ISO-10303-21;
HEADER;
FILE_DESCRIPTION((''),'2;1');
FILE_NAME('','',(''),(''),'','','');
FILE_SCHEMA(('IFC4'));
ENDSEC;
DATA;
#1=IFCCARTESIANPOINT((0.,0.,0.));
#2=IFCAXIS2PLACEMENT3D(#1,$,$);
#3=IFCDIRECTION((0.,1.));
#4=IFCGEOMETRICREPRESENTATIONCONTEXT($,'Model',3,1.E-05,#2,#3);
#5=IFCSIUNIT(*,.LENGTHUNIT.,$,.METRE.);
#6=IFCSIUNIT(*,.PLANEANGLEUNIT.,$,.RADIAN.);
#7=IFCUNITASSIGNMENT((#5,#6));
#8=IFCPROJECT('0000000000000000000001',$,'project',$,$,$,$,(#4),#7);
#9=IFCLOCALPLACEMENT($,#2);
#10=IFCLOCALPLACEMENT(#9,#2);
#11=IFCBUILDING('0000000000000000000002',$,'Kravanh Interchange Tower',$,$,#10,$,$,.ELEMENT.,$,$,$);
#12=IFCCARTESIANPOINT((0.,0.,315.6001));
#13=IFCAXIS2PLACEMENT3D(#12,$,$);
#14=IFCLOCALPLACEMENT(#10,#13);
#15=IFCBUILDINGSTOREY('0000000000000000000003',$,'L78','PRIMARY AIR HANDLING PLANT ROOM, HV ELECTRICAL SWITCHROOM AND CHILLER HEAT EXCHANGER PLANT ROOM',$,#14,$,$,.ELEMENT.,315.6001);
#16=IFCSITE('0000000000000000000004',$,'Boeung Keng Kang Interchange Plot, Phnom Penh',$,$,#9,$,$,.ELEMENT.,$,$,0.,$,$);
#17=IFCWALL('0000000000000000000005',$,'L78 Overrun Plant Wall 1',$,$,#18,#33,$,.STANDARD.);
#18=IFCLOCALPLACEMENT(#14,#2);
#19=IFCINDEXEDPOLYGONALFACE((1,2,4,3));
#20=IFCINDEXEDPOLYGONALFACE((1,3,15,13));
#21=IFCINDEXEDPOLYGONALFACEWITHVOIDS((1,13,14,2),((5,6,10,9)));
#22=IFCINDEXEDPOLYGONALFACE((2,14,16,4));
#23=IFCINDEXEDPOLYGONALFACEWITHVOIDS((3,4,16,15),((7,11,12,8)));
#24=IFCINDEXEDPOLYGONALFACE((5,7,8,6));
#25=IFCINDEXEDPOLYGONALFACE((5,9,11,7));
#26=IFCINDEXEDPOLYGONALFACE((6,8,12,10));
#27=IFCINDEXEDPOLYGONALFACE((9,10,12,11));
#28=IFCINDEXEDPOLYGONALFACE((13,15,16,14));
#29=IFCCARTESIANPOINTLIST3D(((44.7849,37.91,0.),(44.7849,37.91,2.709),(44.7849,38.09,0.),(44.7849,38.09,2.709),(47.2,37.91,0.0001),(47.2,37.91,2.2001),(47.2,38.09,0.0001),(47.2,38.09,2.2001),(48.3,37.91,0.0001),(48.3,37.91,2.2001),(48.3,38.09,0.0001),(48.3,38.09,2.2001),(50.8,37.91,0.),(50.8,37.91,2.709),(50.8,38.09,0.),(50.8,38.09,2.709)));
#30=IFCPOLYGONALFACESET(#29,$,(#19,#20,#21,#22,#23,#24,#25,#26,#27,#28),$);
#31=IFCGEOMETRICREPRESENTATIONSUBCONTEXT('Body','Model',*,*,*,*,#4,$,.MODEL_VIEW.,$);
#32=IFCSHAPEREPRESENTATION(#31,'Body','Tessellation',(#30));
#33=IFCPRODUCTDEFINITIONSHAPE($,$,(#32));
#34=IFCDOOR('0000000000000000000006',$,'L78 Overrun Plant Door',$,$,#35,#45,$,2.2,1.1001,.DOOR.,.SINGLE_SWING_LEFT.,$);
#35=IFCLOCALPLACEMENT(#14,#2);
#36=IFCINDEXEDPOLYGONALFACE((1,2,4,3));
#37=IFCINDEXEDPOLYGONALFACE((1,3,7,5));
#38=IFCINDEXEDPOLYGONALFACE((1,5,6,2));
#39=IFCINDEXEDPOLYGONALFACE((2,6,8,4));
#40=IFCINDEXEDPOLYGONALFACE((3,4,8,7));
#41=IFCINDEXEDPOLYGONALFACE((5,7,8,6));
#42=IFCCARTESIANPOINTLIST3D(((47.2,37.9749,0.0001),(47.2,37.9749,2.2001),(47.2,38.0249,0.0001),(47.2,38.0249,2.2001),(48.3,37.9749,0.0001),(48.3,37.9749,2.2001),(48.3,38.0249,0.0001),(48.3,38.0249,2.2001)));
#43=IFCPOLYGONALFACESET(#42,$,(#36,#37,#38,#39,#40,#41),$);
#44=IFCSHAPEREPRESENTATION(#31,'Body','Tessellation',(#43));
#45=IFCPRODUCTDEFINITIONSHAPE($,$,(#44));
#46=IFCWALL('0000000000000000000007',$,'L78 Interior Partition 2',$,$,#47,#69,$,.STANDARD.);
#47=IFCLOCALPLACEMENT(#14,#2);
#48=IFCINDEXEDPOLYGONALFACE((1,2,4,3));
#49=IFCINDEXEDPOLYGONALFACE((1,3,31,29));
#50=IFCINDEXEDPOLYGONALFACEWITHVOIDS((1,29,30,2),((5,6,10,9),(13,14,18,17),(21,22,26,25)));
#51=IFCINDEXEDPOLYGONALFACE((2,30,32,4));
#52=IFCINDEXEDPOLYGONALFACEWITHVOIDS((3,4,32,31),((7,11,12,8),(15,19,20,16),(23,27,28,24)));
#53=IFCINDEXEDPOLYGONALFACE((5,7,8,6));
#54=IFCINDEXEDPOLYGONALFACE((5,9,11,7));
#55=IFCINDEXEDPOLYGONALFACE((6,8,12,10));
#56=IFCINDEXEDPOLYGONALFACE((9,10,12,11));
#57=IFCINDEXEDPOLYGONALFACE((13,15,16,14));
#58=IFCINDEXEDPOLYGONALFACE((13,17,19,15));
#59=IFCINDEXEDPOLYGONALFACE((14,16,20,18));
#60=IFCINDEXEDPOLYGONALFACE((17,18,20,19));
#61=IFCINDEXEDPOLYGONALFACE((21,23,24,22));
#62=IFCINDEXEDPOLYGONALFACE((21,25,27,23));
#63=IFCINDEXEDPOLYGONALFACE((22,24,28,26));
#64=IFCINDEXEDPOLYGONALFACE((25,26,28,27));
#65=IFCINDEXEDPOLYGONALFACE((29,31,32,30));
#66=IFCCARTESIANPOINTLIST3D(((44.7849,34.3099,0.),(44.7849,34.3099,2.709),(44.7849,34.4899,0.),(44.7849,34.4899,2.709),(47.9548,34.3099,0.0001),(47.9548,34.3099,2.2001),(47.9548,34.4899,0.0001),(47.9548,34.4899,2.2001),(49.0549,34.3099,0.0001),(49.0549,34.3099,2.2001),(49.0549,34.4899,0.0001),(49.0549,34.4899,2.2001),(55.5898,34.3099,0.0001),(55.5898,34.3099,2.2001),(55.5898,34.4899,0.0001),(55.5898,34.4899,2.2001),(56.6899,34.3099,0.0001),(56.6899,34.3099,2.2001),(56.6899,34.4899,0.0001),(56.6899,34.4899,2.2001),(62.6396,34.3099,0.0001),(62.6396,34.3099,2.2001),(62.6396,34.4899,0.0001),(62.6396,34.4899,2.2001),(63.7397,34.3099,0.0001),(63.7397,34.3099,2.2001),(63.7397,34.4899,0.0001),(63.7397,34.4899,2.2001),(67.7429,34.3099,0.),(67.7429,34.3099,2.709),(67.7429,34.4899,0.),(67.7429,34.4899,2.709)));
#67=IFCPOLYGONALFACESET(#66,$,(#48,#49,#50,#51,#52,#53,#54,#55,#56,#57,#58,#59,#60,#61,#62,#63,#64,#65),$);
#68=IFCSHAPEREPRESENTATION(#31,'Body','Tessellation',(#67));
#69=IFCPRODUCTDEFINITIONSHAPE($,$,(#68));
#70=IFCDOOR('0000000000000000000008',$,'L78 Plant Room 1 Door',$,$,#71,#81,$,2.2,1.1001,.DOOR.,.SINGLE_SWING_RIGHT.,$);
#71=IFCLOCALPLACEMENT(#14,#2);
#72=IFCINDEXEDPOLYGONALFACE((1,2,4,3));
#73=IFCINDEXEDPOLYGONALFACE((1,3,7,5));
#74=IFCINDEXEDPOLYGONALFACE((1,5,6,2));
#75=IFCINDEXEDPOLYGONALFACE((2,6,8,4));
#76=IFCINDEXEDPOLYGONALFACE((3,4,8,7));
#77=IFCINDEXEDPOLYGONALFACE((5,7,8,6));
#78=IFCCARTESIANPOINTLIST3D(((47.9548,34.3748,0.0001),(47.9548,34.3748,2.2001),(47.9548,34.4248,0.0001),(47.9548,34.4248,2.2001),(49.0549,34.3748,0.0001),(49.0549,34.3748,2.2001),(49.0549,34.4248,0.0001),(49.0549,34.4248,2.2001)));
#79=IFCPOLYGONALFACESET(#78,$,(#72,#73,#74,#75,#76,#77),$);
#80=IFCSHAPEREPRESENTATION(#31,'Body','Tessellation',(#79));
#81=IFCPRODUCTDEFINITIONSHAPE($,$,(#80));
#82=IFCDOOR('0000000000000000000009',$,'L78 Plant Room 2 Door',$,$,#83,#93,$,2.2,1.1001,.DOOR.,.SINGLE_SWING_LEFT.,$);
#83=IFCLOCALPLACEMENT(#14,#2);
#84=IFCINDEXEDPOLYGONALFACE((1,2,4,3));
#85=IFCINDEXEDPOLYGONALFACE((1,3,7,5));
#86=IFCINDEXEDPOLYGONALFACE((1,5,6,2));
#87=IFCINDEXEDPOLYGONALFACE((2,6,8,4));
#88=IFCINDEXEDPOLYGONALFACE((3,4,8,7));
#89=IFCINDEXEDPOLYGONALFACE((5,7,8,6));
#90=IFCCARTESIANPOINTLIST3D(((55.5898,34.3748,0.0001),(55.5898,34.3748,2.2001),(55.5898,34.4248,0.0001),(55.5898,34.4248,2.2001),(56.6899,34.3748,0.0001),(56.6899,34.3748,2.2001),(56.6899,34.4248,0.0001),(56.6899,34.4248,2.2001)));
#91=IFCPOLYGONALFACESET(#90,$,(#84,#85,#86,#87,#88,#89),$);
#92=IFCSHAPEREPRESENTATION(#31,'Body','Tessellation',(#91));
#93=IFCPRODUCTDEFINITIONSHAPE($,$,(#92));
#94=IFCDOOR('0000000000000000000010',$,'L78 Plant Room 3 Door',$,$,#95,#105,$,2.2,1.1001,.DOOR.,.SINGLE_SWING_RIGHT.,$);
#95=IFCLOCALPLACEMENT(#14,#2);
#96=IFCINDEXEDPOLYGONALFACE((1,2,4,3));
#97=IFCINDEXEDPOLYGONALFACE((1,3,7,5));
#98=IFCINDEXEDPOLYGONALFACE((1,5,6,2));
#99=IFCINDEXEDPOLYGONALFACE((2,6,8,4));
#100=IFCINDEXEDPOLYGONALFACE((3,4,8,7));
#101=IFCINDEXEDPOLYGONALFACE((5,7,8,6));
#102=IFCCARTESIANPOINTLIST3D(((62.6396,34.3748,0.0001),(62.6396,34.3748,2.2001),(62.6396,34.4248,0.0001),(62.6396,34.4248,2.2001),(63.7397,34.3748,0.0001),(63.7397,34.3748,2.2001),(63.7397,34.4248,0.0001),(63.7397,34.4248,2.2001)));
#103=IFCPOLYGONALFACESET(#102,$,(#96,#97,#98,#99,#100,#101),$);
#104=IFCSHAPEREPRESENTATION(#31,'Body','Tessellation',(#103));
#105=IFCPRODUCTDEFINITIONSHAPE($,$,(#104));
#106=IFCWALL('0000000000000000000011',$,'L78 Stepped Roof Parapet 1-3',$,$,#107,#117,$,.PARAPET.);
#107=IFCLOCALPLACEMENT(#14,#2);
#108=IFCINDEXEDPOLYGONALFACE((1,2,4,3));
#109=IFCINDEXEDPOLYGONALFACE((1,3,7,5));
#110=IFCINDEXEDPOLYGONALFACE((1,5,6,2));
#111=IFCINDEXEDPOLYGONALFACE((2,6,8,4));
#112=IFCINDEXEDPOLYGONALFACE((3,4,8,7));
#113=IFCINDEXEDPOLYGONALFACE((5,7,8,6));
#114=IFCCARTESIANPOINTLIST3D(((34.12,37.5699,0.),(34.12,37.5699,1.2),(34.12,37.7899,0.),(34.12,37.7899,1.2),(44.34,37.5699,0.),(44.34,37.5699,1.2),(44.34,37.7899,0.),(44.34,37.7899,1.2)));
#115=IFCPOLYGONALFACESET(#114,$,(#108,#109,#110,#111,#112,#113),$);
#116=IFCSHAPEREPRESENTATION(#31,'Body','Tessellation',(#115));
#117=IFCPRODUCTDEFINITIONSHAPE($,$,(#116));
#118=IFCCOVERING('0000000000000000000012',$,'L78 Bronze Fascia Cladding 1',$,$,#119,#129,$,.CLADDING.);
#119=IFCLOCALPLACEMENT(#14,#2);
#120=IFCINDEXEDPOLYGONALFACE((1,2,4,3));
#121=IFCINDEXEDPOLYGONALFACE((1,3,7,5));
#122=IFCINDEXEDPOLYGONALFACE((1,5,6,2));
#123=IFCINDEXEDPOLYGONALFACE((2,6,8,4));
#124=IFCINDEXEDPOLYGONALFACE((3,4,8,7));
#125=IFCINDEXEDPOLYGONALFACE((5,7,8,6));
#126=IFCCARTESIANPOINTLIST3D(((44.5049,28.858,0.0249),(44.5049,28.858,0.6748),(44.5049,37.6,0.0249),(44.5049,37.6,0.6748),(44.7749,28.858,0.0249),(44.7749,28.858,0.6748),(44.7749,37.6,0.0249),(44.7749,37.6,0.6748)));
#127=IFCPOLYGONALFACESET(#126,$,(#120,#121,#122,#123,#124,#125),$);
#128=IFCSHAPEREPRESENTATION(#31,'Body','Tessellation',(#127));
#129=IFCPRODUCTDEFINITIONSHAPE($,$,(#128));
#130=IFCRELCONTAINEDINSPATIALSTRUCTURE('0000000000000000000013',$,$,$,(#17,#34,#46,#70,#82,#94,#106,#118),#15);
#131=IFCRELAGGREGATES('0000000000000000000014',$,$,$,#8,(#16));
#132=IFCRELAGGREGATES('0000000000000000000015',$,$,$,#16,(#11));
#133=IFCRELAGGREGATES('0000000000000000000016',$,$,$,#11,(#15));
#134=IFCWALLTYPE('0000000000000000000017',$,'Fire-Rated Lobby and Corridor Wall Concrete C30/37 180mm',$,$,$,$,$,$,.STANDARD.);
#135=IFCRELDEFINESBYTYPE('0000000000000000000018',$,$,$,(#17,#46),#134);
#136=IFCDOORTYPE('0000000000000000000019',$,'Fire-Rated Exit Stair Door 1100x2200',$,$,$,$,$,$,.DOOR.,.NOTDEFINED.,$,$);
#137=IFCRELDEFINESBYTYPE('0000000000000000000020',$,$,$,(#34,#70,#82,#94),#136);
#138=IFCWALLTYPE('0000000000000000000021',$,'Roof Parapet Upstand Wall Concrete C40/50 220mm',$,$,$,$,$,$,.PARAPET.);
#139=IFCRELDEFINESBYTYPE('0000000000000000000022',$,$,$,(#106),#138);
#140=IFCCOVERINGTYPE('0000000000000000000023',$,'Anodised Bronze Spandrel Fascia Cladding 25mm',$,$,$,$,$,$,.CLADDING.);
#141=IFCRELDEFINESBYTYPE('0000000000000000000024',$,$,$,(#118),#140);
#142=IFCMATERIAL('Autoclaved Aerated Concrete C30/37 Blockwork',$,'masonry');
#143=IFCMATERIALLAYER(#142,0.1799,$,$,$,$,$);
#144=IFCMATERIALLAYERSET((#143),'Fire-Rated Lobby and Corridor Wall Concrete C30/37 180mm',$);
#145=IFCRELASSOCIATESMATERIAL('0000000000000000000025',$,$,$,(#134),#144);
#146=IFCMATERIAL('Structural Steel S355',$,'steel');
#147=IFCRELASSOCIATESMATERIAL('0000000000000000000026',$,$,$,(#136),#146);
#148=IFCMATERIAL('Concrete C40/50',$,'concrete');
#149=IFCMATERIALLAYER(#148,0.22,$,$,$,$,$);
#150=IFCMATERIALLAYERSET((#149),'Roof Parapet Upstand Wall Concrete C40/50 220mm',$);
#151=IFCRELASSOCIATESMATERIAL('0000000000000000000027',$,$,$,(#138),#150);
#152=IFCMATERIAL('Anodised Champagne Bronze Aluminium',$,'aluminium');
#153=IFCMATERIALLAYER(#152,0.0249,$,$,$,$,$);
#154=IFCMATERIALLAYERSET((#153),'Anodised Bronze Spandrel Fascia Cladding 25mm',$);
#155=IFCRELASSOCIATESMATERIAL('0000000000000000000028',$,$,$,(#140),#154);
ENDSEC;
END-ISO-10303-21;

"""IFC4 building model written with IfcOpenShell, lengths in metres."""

from ifc_helpers import new_model, si_unit, direction, frame, frame_2d, origin, origin_2d, place, context, subcontext, project, spatial, rectangle, extrude, material, layer, layer_set, type_object, element, fill, save


model = new_model("IFC4")

# Units and contexts
model_context = context("Model", 3, precision=1e-05, world=origin(), true_north=direction((0.0, 1.0)))
body_context = subcontext(model_context, "Body", "Model", "MODEL_VIEW")
ifc_project = project(units=[si_unit("LENGTHUNIT", "METRE"), si_unit("PLANEANGLEUNIT", "RADIAN")], contexts=[model_context])

# Site, building, storey
site_placement = place(None, origin())
site = spatial("IfcSite", under=ifc_project, at=site_placement, Name="Boeung Keng Kang Interchange Plot, Phnom Penh", CompositionType="ELEMENT", RefElevation=0.0)
building_placement = place(site_placement, origin())
building = spatial("IfcBuilding", under=site, at=building_placement, Name="Kravanh Interchange Tower", CompositionType="ELEMENT")
storey_placement = place(building_placement, frame((0.0, 0.0, 315.6001)))
storey = spatial("IfcBuildingStorey", under=building, at=storey_placement, Name="L78", Description="PRIMARY AIR HANDLING PLANT ROOM, HV ELECTRICAL SWITCHROOM AND CHILLER HEAT EXCHANGER PLANT ROOM", CompositionType="ELEMENT", Elevation=315.6001)

# Wall, opening, door
ifc_material_1 = material(Name="Autoclaved Aerated Concrete C30/37 Blockwork", Category="masonry")
ifc_layer_1 = layer(ifc_material_1, 0.1799)
ifc_layer_set_1 = layer_set([ifc_layer_1], Name="Fire-Rated Lobby and Corridor Wall Concrete C30/37 180mm")
wall_type_1 = type_object("IfcWallType", Name="Fire-Rated Lobby and Corridor Wall Concrete C30/37 180mm", PredefinedType="STANDARD", material=ifc_layer_set_1)
wall_1_placement = place(storey_placement, frame((44.7849, 38.0, 0.0), z_axis=(0.0, 0.0, 1.0), x_axis=(1.0, 0.0, 0.0)))
wall_1 = element("IfcWall", 1, at=wall_1_placement, inside=storey, type_object=wall_type_1, Name="L78 Overrun Plant Wall 1", PredefinedType="STANDARD", context=body_context, shape_type="SweptSolid", body=[
    extrude(rectangle(XDim=6.0151, YDim=0.1799, at=frame_2d((3.0076, 0.0))), origin(), (0.0, 0.0, 1.0), 2.709),
])
opening_1_placement = place(wall_1_placement, frame((2.415, 0.0, 0.0)))
opening_1 = element("IfcOpeningElement", 2, at=opening_1_placement, cuts=wall_1, PredefinedType="OPENING", context=body_context, shape_type="SweptSolid", body=[
    extrude(rectangle(XDim=1.1001, YDim=2.2, at=frame_2d((0.55, 1.1001))), frame((0.0, 0.1001, 0.0), z_axis=(0.0, -1.0, 0.0), x_axis=(1.0, 0.0, 0.0)), (0.0, 0.0, 1.0), 0.2),
])
ifc_material_2 = material(Name="Structural Steel S355", Category="steel")
door_type = type_object("IfcDoorType", Name="Fire-Rated Exit Stair Door 1100x2200", OperationType="NOTDEFINED", PredefinedType="DOOR", material=ifc_material_2)
door_1_placement = place(opening_1_placement, origin())
door_1 = element("IfcDoor", 3, at=door_1_placement, inside=storey, type_object=door_type, Name="L78 Overrun Plant Door", OperationType="SINGLE_SWING_LEFT", OverallHeight=2.2, OverallWidth=1.1001, PredefinedType="DOOR", context=body_context, shape_type="SweptSolid", body=[
    extrude(rectangle(XDim=1.1001, YDim=2.2, at=frame_2d((0.55, 1.1001))), frame((0.0, 0.0249, 0.0), z_axis=(0.0, -1.0, 0.0), x_axis=(1.0, 0.0, 0.0)), (0.0, 0.0, 1.0), 0.05),
])
fill(opening_1, door_1)

# Wall, openings, doors
wall_2_placement = place(storey_placement, frame((44.7849, 34.3999, 0.0), z_axis=(0.0, 0.0, 1.0), x_axis=(1.0, 0.0, 0.0)))
wall_2 = element("IfcWall", 4, at=wall_2_placement, inside=storey, type_object=wall_type_1, Name="L78 Interior Partition 2", PredefinedType="STANDARD", context=body_context, shape_type="SweptSolid", body=[
    extrude(rectangle(XDim=22.958, YDim=0.1799, at=frame_2d((11.479, 0.0))), origin(), (0.0, 0.0, 1.0), 2.709),
])
opening_2_placement = place(wall_2_placement, frame((3.1699, 0.0, 0.0)))
opening_2 = element("IfcOpeningElement", 5, at=opening_2_placement, cuts=wall_2, PredefinedType="OPENING", context=body_context, shape_type="SweptSolid", body=[
    extrude(rectangle(XDim=1.1001, YDim=2.2, at=frame_2d((0.55, 1.1001))), frame((0.0, 0.1001, 0.0), z_axis=(0.0, -1.0, 0.0), x_axis=(1.0, 0.0, 0.0)), (0.0, 0.0, 1.0), 0.2),
])
opening_3_placement = place(wall_2_placement, frame((10.8049, 0.0, 0.0)))
opening_3 = element("IfcOpeningElement", 6, at=opening_3_placement, cuts=wall_2, PredefinedType="OPENING", context=body_context, shape_type="SweptSolid", body=[
    extrude(rectangle(XDim=1.1001, YDim=2.2, at=frame_2d((0.55, 1.1001))), frame((0.0, 0.1001, 0.0), z_axis=(0.0, -1.0, 0.0), x_axis=(1.0, 0.0, 0.0)), (0.0, 0.0, 1.0), 0.2),
])
opening_4_placement = place(wall_2_placement, frame((17.8547, 0.0, 0.0)))
opening_4 = element("IfcOpeningElement", 7, at=opening_4_placement, cuts=wall_2, PredefinedType="OPENING", context=body_context, shape_type="SweptSolid", body=[
    extrude(rectangle(XDim=1.1001, YDim=2.2, at=frame_2d((0.55, 1.1001))), frame((0.0, 0.1001, 0.0), z_axis=(0.0, -1.0, 0.0), x_axis=(1.0, 0.0, 0.0)), (0.0, 0.0, 1.0), 0.2),
])
door_2_placement = place(opening_2_placement, origin())
door_2 = element("IfcDoor", 8, at=door_2_placement, inside=storey, type_object=door_type, Name="L78 Plant Room 1 Door", OperationType="SINGLE_SWING_RIGHT", OverallHeight=2.2, OverallWidth=1.1001, PredefinedType="DOOR", context=body_context, shape_type="SweptSolid", body=[
    extrude(rectangle(XDim=1.1001, YDim=2.2, at=frame_2d((0.55, 1.1001))), frame((0.0, 0.0249, 0.0), z_axis=(0.0, -1.0, 0.0), x_axis=(1.0, 0.0, 0.0)), (0.0, 0.0, 1.0), 0.05),
])
fill(opening_2, door_2)
door_3_placement = place(opening_3_placement, origin())
door_3 = element("IfcDoor", 9, at=door_3_placement, inside=storey, type_object=door_type, Name="L78 Plant Room 2 Door", OperationType="SINGLE_SWING_LEFT", OverallHeight=2.2, OverallWidth=1.1001, PredefinedType="DOOR", context=body_context, shape_type="SweptSolid", body=[
    extrude(rectangle(XDim=1.1001, YDim=2.2, at=frame_2d((0.55, 1.1001))), frame((0.0, 0.0249, 0.0), z_axis=(0.0, -1.0, 0.0), x_axis=(1.0, 0.0, 0.0)), (0.0, 0.0, 1.0), 0.05),
])
fill(opening_3, door_3)
door_4_placement = place(opening_4_placement, origin())
door_4 = element("IfcDoor", 10, at=door_4_placement, inside=storey, type_object=door_type, Name="L78 Plant Room 3 Door", OperationType="SINGLE_SWING_RIGHT", OverallHeight=2.2, OverallWidth=1.1001, PredefinedType="DOOR", context=body_context, shape_type="SweptSolid", body=[
    extrude(rectangle(XDim=1.1001, YDim=2.2, at=frame_2d((0.55, 1.1001))), frame((0.0, 0.0249, 0.0), z_axis=(0.0, -1.0, 0.0), x_axis=(1.0, 0.0, 0.0)), (0.0, 0.0, 1.0), 0.05),
])
fill(opening_4, door_4)

# Wall
ifc_material_3 = material(Name="Concrete C40/50", Category="concrete")
ifc_layer_2 = layer(ifc_material_3, 0.22)
ifc_layer_set_2 = layer_set([ifc_layer_2], Name="Roof Parapet Upstand Wall Concrete C40/50 220mm")
wall_type_2 = type_object("IfcWallType", Name="Roof Parapet Upstand Wall Concrete C40/50 220mm", PredefinedType="PARAPET", material=ifc_layer_set_2)
wall_3_placement = place(storey_placement, frame((34.1201, 37.6799, 0.0), z_axis=(0.0, 0.0, 1.0), x_axis=(1.0, 0.0, 0.0)))
element("IfcWall", 11, at=wall_3_placement, inside=storey, type_object=wall_type_2, Name="L78 Stepped Roof Parapet 1-3", PredefinedType="PARAPET", context=body_context, shape_type="SweptSolid", body=[
    extrude(rectangle(XDim=10.22, YDim=0.22, at=frame_2d((5.1099, 0.0))), origin(), (0.0, 0.0, 1.0), 1.2),
])

# Covering
ifc_material_4 = material(Name="Anodised Champagne Bronze Aluminium", Category="aluminium")
ifc_layer_3 = layer(ifc_material_4, 0.0249)
ifc_layer_set_3 = layer_set([ifc_layer_3], Name="Anodised Bronze Spandrel Fascia Cladding 25mm")
covering_type = type_object("IfcCoveringType", Name="Anodised Bronze Spandrel Fascia Cladding 25mm", PredefinedType="CLADDING", material=ifc_layer_set_3)
covering_placement = place(storey_placement, frame((44.6399, 33.229, 0.0249), z_axis=(0.0, 0.0, 1.0), x_axis=(0.0, 1.0, 0.0)))
element("IfcCovering", 12, at=covering_placement, inside=storey, type_object=covering_type, Name="L78 Bronze Fascia Cladding 1", PredefinedType="CLADDING", context=body_context, shape_type="SweptSolid", body=[
    extrude(rectangle(XDim=8.7419, YDim=0.27, at=origin_2d()), origin(), (0.0, 0.0, 1.0), 0.6499),
])

save(model, "model.ifc")
